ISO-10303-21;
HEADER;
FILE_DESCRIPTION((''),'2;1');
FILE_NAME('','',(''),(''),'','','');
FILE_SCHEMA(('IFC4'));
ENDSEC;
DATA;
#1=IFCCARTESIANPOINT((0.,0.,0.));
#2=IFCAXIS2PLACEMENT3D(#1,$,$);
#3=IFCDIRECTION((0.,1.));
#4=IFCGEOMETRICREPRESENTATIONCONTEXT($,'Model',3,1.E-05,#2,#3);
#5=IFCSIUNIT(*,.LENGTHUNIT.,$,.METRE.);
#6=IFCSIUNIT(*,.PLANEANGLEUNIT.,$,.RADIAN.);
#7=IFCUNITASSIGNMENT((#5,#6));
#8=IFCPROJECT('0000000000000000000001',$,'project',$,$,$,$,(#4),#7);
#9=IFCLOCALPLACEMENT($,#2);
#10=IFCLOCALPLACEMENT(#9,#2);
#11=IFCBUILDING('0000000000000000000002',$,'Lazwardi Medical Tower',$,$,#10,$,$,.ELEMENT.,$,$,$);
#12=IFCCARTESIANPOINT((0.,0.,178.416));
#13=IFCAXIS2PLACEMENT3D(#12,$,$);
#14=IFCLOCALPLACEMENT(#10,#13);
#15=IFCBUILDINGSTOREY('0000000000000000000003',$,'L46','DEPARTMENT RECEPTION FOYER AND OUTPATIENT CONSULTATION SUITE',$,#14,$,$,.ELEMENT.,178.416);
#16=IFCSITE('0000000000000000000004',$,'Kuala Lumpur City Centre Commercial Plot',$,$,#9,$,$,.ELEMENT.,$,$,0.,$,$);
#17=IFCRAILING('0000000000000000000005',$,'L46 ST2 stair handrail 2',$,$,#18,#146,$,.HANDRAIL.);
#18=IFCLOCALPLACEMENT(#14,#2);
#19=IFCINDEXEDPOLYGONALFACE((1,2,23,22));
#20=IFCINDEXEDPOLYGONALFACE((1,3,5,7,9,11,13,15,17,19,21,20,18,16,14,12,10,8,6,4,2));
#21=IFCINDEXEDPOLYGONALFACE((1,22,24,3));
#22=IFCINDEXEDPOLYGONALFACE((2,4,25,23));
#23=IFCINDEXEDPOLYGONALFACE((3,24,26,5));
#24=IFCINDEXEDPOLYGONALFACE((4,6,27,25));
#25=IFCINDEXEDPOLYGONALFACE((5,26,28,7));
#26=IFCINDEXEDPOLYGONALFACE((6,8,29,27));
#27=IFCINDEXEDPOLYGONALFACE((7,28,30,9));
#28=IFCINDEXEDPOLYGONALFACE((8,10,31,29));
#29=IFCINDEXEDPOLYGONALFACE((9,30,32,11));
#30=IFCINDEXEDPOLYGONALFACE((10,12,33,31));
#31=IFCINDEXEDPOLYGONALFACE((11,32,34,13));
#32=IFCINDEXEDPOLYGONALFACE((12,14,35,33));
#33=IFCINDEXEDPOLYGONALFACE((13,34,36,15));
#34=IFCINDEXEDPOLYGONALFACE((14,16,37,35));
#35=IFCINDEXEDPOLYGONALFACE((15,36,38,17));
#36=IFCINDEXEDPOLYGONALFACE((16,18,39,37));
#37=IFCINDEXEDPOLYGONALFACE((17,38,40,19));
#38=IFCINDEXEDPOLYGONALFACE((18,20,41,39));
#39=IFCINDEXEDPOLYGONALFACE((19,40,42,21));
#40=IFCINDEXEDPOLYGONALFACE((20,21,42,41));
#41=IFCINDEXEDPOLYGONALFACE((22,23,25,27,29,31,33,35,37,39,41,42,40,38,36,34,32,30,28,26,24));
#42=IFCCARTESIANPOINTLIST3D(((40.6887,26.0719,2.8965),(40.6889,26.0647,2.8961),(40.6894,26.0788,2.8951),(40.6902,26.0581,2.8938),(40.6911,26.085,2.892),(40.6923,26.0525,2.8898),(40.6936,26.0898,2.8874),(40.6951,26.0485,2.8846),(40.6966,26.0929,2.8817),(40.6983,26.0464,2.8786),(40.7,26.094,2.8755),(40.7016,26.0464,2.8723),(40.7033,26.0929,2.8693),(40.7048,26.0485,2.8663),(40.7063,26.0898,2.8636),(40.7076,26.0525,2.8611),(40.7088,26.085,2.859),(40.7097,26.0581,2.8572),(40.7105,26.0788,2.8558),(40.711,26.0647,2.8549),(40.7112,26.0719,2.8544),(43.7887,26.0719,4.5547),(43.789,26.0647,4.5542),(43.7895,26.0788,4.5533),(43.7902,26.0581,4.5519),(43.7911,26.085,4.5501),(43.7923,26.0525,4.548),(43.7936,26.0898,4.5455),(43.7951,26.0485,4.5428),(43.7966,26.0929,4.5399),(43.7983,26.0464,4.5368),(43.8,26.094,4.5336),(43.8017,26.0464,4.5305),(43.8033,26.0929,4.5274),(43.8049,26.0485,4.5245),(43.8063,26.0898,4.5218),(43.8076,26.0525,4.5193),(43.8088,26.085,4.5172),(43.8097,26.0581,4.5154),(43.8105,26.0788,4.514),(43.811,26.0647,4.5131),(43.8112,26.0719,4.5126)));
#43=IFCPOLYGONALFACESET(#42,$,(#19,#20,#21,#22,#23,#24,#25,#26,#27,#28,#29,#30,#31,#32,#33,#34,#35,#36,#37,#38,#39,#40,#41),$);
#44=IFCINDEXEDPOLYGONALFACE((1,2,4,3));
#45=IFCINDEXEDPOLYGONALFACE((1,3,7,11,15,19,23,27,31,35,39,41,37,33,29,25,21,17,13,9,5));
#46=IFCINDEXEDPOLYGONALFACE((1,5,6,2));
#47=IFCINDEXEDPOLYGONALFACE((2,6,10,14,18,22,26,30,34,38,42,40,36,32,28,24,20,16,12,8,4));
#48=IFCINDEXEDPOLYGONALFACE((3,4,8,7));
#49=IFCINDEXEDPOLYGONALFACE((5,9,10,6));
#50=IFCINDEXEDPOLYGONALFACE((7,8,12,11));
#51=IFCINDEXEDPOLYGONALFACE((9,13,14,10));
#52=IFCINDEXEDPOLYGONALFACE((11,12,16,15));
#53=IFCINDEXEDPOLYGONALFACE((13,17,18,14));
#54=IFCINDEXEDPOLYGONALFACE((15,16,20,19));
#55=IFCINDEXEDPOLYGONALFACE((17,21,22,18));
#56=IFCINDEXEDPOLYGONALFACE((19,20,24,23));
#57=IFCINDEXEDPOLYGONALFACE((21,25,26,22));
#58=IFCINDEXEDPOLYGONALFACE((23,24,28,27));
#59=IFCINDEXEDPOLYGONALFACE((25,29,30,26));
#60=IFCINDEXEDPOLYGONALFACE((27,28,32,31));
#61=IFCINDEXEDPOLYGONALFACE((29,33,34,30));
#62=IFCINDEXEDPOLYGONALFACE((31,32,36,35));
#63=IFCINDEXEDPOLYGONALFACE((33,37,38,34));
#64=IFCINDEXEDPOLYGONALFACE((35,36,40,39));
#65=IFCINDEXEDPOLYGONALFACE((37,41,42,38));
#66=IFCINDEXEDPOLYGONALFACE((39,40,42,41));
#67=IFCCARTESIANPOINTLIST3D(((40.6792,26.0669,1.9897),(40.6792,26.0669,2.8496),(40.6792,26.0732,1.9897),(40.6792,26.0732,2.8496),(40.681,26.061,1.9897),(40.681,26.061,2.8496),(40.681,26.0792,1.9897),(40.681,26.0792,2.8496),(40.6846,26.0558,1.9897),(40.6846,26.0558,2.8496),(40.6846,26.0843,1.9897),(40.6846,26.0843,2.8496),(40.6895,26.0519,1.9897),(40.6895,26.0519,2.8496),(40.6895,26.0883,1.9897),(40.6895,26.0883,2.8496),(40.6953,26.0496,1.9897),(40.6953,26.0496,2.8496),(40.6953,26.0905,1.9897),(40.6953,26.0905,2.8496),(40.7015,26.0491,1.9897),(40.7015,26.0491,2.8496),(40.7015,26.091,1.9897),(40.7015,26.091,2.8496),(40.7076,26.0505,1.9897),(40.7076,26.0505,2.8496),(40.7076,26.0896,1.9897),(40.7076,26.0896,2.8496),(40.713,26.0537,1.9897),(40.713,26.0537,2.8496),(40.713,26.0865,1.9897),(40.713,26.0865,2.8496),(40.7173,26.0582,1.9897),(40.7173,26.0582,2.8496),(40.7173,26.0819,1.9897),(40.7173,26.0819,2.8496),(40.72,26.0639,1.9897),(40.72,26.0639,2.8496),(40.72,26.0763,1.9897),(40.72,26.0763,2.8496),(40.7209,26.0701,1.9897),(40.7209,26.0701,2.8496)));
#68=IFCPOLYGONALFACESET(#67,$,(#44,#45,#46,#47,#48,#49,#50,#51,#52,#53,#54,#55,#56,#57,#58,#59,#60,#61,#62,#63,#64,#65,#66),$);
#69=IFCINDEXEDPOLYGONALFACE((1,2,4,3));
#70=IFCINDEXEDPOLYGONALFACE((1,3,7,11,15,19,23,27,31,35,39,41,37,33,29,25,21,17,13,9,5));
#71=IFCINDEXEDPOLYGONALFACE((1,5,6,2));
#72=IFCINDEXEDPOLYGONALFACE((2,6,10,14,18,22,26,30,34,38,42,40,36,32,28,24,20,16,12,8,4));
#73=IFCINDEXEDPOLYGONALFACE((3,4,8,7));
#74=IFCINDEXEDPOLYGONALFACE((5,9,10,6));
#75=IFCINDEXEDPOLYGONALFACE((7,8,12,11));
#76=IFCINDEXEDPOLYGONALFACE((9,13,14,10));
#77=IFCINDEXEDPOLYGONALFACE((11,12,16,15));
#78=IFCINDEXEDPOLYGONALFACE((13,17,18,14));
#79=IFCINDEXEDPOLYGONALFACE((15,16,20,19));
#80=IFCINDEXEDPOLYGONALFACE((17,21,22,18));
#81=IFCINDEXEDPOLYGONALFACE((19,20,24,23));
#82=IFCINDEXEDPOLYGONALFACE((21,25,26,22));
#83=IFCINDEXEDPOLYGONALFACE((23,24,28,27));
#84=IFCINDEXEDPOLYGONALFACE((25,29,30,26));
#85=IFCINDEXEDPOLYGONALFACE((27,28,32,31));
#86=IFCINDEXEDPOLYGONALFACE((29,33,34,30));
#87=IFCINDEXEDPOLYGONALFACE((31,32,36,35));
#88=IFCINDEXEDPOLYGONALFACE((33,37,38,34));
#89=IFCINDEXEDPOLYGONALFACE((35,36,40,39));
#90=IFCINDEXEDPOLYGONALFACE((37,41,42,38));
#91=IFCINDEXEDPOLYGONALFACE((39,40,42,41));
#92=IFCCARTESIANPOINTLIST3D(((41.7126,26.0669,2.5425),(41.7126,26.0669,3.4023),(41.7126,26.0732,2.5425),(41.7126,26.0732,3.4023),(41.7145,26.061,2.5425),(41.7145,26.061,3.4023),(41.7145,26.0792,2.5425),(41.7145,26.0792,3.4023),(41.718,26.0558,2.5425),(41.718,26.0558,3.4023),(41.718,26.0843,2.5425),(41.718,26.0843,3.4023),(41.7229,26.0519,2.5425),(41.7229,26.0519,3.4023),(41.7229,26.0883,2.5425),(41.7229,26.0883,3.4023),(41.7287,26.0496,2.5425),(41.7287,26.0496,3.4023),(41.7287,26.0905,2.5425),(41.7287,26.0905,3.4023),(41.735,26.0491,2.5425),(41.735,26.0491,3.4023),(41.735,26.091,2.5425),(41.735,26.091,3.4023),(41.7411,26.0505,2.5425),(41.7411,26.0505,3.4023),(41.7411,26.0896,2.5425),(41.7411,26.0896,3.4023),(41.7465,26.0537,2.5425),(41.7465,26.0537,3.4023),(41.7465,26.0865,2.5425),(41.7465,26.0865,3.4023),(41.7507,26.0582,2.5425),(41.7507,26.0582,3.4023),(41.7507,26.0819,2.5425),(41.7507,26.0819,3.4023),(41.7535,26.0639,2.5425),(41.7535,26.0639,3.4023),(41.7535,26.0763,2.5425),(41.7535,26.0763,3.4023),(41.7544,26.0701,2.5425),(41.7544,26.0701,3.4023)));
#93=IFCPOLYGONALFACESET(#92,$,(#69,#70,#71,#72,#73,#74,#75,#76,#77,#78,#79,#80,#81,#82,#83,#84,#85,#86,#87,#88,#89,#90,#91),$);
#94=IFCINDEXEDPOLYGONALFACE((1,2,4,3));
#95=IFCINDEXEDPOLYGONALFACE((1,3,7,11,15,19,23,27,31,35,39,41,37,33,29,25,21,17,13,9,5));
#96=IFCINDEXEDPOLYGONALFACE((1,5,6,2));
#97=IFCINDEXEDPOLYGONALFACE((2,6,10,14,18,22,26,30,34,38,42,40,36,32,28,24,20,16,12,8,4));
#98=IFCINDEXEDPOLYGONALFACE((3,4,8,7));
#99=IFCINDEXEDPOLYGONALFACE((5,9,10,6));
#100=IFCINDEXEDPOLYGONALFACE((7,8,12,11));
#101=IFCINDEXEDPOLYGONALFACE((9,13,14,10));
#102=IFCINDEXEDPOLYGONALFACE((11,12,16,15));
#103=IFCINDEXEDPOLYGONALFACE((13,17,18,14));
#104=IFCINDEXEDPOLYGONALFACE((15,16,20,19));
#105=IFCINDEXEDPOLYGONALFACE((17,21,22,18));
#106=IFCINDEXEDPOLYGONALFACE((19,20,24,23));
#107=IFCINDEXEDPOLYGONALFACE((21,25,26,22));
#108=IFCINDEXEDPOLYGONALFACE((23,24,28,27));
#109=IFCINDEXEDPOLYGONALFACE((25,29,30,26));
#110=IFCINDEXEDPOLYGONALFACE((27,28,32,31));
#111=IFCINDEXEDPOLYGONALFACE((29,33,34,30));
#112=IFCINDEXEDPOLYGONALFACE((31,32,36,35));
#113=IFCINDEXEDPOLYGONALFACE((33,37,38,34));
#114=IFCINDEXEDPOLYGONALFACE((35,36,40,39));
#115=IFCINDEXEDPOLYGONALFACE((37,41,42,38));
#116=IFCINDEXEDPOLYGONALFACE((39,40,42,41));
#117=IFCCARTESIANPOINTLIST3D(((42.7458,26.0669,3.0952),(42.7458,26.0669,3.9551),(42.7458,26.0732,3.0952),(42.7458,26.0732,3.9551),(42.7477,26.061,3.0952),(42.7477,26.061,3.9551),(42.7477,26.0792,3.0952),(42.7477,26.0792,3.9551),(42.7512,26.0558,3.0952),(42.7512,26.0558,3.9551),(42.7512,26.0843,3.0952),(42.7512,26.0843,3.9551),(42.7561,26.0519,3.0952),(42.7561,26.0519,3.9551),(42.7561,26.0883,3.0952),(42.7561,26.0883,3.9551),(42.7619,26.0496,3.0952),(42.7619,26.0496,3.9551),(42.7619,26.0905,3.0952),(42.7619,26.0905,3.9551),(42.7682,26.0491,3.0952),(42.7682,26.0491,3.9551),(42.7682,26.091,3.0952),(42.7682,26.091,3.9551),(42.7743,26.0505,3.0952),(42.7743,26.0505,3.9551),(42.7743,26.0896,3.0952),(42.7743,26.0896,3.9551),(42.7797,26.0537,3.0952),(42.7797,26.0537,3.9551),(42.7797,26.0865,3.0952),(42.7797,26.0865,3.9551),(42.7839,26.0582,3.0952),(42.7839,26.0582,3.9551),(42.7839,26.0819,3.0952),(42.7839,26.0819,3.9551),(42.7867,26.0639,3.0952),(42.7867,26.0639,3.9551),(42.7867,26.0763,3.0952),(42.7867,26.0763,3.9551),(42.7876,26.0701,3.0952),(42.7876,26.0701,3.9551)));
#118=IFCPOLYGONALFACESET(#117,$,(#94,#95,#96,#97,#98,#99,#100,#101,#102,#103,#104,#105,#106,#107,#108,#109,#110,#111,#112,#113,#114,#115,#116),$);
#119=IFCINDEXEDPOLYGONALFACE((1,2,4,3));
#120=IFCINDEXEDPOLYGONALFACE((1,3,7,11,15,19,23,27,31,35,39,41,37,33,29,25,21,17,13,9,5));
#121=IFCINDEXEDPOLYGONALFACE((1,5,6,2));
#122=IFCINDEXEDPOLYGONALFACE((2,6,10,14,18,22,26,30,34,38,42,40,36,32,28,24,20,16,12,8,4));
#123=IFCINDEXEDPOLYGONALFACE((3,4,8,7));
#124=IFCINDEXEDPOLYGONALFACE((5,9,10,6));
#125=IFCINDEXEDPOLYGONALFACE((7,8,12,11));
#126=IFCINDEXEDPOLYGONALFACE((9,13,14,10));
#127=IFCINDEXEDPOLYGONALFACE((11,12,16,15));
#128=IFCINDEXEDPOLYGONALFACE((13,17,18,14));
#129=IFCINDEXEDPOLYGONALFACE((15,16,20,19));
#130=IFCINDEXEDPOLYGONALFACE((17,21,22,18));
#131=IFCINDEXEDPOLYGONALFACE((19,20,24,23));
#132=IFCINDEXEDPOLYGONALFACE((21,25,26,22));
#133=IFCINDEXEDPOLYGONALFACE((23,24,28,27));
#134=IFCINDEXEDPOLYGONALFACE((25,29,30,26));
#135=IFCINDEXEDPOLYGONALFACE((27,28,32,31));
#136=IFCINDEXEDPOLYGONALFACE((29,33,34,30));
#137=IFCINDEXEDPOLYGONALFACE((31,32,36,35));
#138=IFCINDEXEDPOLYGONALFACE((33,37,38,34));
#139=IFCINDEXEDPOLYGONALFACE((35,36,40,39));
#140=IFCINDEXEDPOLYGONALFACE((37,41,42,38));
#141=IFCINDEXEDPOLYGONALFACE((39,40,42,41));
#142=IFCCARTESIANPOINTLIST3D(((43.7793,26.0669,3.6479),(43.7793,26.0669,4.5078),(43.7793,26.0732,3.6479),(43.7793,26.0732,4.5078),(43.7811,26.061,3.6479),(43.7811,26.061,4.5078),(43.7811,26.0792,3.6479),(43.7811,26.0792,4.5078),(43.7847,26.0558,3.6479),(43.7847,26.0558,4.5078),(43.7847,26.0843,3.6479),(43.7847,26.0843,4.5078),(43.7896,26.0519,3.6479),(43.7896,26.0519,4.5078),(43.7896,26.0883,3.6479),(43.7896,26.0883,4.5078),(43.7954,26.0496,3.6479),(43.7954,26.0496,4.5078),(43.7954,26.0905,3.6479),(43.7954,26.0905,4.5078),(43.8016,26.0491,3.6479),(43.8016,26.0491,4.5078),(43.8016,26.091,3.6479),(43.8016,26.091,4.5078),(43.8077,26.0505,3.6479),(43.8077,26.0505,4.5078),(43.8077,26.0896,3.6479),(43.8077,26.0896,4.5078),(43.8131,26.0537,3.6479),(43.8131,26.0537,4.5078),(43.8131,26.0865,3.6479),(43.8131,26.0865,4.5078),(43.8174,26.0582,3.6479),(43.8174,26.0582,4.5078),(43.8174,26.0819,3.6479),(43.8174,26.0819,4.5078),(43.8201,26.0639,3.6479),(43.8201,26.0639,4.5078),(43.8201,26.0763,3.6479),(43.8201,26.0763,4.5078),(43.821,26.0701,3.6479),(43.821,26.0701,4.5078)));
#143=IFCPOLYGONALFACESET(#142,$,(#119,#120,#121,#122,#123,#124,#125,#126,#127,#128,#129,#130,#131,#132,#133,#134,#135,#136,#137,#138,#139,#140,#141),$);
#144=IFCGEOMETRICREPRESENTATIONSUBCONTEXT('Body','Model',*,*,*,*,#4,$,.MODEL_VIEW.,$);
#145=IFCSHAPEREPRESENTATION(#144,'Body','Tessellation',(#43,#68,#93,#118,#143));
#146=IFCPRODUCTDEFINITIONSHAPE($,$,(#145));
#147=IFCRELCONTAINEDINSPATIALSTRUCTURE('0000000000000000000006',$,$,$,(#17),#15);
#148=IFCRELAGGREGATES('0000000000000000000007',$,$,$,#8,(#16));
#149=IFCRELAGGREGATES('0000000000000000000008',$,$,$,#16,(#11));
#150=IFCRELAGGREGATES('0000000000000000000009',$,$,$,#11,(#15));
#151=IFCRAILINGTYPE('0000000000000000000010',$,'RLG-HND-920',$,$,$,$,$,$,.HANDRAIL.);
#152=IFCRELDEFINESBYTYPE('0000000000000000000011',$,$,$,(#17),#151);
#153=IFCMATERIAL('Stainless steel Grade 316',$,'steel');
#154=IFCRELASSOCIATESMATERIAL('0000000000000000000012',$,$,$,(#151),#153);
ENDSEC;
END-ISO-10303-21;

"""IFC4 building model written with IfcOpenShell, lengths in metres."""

from ifc_helpers import new_model, si_unit, direction, frame, origin, origin_2d, place, context, subcontext, project, spatial, circle, extrude, material, type_object, element, save


model = new_model("IFC4")

# Units and contexts
model_context = context("Model", 3, precision=1e-05, world=origin(), true_north=direction((0.0, 1.0)))
body_context = subcontext(model_context, "Body", "Model", "MODEL_VIEW")
ifc_project = project(units=[si_unit("LENGTHUNIT", "METRE"), si_unit("PLANEANGLEUNIT", "RADIAN")], contexts=[model_context])

# Site, building, storey
site_placement = place(None, origin())
site = spatial("IfcSite", under=ifc_project, at=site_placement, Name="Kuala Lumpur City Centre Commercial Plot", CompositionType="ELEMENT", RefElevation=0.0)
building_placement = place(site_placement, origin())
building = spatial("IfcBuilding", under=site, at=building_placement, Name="Lazwardi Medical Tower", CompositionType="ELEMENT")
storey_placement = place(building_placement, frame((0.0, 0.0, 178.416)))
storey = spatial("IfcBuildingStorey", under=building, at=storey_placement, Name="L46", Description="DEPARTMENT RECEPTION FOYER AND OUTPATIENT CONSULTATION SUITE", CompositionType="ELEMENT", Elevation=178.416)

# Railing
ifc_material_1 = material(Name="Stainless steel Grade 316", Category="steel")
railing_type_1 = type_object("IfcRailingType", Name="RLG-HND-920", PredefinedType="HANDRAIL", material=ifc_material_1)
railing_1_placement = place(storey_placement, frame((40.7, 26.0701, 1.9897)))
element("IfcRailing", 1, at=railing_1_placement, inside=storey, type_object=railing_type_1, Name="L46 ST2 stair handrail 2", PredefinedType="HANDRAIL", context=body_context, shape_type="SweptSolid", body=[
    extrude(circle(Radius=0.0239, at=origin_2d()), frame((0.0, 0.0, 0.8857), z_axis=(0.881783, 0.0, 0.471655), x_axis=(0.0, 1.0, 0.0)), (0.0, 0.0, 1.0), 3.5156),
    extrude(circle(Radius=0.021, at=origin_2d()), origin(), (0.0, 0.0, 1.0), 0.8599),
    extrude(circle(Radius=0.021, at=origin_2d()), frame((1.0334, 0.0, 0.5527)), (0.0, 0.0, 1.0), 0.8599),
    extrude(circle(Radius=0.021, at=origin_2d()), frame((2.0667, 0.0, 1.1055)), (0.0, 0.0, 1.0), 0.8599),
    extrude(circle(Radius=0.021, at=origin_2d()), frame((3.1001, 0.0, 1.6582)), (0.0, 0.0, 1.0), 0.8599),
])

save(model, "model.ifc")
